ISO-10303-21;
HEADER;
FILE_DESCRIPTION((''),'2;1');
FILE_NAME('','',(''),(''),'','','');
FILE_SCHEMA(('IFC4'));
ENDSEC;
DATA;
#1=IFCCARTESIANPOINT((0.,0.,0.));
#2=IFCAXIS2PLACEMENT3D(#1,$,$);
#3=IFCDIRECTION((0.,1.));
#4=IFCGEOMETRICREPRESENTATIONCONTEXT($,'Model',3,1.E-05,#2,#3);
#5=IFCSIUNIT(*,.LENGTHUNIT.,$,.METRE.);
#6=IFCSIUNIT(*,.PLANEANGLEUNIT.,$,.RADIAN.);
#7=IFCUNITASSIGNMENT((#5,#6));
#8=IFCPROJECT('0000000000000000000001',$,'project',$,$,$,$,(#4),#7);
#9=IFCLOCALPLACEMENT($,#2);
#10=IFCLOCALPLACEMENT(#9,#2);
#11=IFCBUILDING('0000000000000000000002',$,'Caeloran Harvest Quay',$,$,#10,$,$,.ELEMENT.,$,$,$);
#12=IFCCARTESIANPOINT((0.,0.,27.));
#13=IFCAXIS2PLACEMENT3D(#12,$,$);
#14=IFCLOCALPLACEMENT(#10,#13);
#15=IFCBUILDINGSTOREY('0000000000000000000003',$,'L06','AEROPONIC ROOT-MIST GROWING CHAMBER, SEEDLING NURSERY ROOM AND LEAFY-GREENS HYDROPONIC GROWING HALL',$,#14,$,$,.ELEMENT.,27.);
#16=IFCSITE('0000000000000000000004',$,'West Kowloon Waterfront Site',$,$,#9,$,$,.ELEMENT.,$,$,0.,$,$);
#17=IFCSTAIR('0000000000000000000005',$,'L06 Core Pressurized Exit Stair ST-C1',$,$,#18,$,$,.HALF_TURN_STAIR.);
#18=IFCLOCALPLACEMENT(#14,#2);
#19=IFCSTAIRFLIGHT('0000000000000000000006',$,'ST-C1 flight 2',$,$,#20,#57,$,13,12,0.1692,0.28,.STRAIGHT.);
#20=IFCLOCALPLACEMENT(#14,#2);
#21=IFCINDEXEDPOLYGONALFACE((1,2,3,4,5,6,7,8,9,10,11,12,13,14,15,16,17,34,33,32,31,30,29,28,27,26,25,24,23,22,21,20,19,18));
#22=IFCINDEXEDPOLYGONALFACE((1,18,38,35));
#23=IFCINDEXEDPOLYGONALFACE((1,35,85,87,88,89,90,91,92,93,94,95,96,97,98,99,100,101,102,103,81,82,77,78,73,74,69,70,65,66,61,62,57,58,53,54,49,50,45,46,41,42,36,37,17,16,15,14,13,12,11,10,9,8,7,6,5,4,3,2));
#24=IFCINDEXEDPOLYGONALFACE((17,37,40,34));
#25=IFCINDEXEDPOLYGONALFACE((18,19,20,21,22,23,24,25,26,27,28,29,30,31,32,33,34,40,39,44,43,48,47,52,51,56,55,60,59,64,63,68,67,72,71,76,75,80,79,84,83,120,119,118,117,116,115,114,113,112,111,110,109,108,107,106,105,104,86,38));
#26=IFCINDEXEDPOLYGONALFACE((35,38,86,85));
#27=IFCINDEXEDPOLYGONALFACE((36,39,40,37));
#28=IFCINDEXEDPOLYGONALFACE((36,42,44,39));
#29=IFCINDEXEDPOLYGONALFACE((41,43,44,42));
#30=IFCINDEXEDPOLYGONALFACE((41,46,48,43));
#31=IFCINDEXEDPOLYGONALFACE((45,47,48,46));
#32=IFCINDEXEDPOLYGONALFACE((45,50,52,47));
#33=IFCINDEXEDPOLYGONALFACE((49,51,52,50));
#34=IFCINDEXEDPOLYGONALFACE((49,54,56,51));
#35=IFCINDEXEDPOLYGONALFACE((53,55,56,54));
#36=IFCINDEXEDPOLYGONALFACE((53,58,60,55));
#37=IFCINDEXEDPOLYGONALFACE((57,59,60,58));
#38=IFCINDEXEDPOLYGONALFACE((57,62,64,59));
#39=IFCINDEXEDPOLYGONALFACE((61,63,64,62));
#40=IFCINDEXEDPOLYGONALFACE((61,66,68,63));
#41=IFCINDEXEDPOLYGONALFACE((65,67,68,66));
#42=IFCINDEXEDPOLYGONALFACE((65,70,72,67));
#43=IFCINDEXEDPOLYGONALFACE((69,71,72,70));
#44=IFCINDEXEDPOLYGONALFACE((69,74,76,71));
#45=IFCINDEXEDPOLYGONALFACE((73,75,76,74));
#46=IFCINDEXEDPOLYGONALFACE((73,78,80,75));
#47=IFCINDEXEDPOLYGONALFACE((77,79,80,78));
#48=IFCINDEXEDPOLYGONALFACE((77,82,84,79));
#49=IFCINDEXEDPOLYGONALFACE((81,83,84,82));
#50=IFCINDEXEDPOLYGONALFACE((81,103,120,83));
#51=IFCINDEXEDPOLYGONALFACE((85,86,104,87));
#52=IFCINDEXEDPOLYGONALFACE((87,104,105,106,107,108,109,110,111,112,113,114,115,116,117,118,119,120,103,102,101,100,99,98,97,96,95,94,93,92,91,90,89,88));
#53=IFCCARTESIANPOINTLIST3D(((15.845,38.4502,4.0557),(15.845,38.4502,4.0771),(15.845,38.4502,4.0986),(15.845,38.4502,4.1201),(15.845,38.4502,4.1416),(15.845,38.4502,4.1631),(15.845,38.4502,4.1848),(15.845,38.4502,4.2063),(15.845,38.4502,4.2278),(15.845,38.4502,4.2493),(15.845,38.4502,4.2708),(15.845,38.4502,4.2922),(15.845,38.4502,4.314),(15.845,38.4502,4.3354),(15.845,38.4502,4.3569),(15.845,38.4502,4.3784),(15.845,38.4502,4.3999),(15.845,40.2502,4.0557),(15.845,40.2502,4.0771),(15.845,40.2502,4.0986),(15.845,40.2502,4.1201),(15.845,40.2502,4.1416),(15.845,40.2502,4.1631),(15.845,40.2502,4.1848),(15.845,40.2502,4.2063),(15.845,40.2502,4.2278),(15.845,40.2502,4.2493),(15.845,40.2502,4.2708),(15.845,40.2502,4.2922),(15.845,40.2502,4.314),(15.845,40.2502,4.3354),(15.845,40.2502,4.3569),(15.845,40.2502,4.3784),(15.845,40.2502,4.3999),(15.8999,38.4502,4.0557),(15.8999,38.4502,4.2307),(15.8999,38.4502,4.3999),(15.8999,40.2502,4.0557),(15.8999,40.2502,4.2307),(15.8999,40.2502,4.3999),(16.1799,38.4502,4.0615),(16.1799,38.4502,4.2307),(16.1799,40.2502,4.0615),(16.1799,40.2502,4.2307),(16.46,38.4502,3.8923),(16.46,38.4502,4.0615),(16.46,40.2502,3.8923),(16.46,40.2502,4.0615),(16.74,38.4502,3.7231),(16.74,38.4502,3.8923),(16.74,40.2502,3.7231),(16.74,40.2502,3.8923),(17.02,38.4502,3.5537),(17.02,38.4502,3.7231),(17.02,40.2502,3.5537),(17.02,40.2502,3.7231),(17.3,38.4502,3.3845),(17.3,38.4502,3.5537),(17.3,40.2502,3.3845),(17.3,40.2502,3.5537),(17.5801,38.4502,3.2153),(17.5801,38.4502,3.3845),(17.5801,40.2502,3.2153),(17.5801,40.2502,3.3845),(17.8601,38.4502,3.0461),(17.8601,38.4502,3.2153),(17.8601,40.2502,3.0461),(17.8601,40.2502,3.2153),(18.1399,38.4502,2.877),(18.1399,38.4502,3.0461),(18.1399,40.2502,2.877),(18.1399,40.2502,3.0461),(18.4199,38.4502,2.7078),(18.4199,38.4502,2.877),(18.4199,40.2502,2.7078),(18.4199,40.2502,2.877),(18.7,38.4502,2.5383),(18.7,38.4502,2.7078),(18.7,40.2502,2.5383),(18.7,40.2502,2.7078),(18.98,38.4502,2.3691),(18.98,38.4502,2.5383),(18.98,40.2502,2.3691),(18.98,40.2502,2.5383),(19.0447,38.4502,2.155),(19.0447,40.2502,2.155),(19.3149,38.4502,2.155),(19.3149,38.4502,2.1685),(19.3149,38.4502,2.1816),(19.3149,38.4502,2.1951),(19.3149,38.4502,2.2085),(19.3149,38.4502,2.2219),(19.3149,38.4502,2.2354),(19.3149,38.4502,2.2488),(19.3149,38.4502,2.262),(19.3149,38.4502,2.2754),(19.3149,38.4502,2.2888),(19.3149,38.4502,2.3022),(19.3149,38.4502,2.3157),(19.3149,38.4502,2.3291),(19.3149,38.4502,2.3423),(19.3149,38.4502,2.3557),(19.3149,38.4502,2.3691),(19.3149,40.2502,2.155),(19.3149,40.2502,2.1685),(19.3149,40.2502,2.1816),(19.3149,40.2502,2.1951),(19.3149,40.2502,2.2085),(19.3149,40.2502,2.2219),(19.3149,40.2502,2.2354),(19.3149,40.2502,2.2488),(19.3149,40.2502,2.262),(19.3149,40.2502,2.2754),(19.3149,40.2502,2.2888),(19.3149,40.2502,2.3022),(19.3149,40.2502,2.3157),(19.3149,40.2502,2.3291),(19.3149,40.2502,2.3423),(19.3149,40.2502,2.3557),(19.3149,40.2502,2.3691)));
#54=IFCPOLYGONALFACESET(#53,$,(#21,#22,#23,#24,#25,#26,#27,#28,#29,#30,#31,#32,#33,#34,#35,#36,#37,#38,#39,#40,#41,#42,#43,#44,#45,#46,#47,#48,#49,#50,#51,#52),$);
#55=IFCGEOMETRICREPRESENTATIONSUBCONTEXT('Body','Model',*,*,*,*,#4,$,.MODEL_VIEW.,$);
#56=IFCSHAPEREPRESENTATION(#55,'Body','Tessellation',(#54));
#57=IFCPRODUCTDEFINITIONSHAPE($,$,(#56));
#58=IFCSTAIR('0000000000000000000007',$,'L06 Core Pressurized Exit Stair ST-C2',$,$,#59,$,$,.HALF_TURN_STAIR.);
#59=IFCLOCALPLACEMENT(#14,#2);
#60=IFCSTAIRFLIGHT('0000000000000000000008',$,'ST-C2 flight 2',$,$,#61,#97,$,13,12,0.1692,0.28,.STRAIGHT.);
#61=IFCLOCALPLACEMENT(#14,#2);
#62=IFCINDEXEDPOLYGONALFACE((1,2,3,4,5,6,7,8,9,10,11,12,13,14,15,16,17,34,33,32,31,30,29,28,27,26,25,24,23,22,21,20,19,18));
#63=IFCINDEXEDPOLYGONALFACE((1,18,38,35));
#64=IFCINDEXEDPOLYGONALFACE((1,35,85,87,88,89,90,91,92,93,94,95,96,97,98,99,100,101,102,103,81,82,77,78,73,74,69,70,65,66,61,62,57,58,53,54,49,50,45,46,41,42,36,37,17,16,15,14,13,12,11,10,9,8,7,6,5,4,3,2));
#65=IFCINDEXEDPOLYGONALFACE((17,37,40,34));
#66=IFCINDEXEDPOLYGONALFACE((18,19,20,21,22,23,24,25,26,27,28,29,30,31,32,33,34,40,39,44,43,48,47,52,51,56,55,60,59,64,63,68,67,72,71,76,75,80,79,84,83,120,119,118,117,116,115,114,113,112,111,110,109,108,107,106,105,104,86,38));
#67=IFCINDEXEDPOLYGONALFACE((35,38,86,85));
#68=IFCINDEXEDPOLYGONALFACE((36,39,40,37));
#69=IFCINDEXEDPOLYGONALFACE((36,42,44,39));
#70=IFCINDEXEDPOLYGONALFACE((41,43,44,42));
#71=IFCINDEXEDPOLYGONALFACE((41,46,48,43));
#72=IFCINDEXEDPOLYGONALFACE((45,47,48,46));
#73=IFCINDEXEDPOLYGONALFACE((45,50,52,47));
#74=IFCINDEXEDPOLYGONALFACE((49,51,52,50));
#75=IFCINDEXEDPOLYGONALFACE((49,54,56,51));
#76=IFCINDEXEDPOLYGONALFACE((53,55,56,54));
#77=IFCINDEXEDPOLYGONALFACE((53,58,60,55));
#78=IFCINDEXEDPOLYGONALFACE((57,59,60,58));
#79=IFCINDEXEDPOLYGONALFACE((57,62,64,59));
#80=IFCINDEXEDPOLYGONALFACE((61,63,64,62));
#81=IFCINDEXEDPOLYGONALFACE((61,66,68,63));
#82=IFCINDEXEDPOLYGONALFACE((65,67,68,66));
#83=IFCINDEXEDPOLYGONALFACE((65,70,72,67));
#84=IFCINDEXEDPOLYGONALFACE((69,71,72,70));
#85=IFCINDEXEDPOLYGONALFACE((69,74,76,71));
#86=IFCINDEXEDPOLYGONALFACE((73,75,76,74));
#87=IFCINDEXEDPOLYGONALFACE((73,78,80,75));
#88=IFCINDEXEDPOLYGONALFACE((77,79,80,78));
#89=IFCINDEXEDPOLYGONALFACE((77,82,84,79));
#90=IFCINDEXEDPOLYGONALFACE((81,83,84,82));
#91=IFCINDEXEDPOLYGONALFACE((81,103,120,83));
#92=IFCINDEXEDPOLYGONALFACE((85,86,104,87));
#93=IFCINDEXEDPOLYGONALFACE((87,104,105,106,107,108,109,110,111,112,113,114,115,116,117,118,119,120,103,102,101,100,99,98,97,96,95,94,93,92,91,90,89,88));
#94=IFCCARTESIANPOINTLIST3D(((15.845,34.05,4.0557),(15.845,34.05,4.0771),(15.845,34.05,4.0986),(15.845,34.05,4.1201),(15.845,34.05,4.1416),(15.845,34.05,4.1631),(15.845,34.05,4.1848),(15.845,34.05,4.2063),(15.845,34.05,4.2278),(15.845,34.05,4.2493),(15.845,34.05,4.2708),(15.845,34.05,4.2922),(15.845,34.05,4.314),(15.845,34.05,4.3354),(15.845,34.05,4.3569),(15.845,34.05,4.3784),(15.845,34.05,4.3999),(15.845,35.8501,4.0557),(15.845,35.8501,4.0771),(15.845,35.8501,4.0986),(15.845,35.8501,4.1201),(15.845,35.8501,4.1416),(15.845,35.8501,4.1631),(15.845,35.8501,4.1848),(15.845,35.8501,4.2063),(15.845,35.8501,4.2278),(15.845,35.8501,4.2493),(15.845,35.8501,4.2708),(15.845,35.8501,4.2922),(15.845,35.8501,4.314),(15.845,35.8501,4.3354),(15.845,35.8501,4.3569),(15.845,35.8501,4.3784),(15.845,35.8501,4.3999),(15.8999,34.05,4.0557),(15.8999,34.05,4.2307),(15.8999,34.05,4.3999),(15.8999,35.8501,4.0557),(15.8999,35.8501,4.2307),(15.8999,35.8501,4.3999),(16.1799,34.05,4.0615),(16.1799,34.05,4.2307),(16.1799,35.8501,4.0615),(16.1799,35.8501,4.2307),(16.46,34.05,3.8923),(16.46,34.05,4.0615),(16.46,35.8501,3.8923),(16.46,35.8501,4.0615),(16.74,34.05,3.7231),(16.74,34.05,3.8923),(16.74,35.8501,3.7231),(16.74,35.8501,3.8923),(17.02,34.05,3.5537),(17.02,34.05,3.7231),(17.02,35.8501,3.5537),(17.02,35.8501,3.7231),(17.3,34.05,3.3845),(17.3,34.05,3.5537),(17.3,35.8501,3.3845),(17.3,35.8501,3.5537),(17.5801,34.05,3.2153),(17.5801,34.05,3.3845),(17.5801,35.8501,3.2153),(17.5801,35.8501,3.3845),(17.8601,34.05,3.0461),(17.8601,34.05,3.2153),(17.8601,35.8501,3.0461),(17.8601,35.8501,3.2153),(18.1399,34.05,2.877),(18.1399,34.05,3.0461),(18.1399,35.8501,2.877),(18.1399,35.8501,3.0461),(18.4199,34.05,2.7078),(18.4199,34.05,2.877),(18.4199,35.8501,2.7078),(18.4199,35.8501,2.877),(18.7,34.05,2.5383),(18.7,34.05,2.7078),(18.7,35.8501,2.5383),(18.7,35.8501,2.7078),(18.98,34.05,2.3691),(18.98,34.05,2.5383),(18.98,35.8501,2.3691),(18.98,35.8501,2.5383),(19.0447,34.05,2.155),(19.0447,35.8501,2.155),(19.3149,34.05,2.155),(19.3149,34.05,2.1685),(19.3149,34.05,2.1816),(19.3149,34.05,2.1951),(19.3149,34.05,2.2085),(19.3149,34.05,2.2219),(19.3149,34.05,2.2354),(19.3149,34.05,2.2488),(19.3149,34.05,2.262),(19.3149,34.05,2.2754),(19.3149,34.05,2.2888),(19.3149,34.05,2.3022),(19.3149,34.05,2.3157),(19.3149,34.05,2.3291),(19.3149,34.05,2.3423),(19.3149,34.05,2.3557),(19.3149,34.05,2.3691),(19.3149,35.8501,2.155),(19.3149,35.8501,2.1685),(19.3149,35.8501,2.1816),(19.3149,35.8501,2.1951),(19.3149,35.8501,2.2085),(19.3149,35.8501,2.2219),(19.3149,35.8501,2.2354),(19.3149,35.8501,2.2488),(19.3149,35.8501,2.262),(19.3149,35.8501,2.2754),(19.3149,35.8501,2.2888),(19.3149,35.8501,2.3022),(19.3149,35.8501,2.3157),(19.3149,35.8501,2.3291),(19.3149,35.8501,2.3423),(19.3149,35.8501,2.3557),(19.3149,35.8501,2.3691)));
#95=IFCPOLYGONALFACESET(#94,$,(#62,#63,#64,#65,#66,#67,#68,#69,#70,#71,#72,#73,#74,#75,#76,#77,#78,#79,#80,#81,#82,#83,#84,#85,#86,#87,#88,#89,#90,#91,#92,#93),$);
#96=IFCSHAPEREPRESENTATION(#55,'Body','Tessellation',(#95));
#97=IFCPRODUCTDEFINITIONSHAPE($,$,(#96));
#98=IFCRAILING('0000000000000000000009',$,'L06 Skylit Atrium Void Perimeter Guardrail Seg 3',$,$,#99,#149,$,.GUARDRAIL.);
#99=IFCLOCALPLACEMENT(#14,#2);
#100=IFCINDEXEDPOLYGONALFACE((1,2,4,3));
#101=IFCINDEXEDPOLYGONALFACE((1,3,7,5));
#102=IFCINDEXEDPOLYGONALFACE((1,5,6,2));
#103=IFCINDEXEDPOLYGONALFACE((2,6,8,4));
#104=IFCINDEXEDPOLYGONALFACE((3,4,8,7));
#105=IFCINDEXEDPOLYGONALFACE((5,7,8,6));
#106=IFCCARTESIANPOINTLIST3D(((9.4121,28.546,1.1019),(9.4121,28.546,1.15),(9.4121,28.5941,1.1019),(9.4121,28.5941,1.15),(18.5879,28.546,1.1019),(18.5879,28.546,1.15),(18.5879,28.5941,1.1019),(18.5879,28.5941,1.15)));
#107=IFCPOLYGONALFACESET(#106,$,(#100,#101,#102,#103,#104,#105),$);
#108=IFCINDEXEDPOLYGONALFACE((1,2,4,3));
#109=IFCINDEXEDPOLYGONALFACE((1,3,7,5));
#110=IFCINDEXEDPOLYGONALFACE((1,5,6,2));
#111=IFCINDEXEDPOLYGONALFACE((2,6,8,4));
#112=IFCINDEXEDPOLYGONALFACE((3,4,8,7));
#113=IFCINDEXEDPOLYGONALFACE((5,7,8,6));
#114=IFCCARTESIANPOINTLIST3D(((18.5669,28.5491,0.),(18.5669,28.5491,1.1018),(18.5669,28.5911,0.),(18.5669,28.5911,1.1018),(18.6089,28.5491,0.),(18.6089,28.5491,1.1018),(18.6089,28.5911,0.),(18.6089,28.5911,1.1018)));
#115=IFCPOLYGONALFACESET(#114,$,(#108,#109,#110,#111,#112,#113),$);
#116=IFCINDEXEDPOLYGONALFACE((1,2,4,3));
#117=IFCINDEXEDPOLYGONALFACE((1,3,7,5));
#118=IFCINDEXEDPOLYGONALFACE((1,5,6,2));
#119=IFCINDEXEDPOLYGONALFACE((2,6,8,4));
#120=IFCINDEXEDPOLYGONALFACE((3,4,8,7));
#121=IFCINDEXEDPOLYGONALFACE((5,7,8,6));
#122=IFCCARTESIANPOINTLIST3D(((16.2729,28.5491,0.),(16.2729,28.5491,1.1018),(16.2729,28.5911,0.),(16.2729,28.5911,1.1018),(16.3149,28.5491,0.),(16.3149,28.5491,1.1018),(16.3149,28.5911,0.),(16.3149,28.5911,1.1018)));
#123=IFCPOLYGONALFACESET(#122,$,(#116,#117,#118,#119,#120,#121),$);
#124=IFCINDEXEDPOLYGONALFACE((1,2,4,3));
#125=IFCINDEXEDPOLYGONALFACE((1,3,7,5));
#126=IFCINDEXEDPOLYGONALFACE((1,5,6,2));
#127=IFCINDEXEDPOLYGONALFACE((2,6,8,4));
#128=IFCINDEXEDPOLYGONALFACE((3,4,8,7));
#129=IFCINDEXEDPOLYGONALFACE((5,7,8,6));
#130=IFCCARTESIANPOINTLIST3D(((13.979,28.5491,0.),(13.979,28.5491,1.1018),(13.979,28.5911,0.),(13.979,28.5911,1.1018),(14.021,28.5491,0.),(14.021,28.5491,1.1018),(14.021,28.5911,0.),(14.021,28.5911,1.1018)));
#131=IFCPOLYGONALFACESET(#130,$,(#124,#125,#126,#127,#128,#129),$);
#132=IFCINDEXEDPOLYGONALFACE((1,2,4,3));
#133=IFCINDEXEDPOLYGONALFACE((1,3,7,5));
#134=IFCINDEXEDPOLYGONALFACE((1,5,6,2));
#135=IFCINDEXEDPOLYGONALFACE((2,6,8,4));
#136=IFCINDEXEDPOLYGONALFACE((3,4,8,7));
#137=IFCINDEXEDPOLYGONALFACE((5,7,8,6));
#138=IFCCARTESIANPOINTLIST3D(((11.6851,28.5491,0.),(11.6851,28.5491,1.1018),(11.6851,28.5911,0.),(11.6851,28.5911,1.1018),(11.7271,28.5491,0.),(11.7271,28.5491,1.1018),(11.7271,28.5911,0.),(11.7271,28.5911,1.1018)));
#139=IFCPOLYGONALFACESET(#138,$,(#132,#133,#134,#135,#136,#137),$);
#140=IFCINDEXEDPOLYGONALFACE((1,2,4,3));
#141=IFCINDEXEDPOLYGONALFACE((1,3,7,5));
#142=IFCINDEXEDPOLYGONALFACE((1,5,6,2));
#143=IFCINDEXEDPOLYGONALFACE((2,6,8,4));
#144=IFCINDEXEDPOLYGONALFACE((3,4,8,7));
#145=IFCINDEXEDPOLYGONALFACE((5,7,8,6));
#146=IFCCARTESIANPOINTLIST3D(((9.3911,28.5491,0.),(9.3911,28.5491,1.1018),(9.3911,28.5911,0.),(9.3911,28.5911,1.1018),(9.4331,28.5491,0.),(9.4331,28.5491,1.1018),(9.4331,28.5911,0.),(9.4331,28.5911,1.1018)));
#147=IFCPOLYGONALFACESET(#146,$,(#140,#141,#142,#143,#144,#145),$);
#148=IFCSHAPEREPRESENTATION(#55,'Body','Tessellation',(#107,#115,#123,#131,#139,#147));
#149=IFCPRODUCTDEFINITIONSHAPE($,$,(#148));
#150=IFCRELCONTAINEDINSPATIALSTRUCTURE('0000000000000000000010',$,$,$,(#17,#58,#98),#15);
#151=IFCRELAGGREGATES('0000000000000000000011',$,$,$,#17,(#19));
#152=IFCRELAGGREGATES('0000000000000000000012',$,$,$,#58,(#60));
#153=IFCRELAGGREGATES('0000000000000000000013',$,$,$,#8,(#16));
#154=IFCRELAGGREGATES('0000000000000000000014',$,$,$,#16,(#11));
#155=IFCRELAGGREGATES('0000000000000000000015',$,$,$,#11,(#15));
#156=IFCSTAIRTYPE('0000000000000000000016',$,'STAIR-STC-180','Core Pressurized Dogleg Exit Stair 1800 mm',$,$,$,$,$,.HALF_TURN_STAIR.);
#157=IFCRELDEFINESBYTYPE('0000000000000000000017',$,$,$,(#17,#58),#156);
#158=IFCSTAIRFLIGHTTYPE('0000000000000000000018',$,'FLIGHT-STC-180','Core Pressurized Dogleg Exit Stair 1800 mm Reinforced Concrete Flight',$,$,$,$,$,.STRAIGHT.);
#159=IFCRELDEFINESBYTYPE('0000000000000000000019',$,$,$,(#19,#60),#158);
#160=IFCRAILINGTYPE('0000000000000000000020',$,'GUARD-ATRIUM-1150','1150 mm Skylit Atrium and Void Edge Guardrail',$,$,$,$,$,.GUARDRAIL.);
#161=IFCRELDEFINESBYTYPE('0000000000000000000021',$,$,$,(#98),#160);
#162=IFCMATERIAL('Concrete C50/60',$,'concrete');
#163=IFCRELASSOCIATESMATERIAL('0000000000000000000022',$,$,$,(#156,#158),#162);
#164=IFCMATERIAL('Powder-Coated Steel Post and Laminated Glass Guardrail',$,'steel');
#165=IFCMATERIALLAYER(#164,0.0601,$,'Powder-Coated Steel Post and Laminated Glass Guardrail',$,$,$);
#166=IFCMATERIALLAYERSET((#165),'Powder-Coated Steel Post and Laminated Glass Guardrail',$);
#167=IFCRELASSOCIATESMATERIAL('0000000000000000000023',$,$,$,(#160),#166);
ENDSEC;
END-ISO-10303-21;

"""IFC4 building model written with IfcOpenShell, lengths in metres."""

from ifc_helpers import new_model, si_unit, direction, frame, origin, origin_2d, place, context, subcontext, project, spatial, polyline, rectangle, outline, extrude, material, layer, layer_set, type_object, element, aggregate, save


model = new_model("IFC4")

# Units and contexts
model_context = context("Model", 3, precision=1e-05, world=origin(), true_north=direction((0.0, 1.0)))
body_context = subcontext(model_context, "Body", "Model", "MODEL_VIEW")
ifc_project = project(units=[si_unit("LENGTHUNIT", "METRE"), si_unit("PLANEANGLEUNIT", "RADIAN")], contexts=[model_context])

# Site, building, storey
site_placement = place(None, origin())
site = spatial("IfcSite", under=ifc_project, at=site_placement, Name="West Kowloon Waterfront Site", CompositionType="ELEMENT", RefElevation=0.0)
building_placement = place(site_placement, origin())
building = spatial("IfcBuilding", under=site, at=building_placement, Name="Caeloran Harvest Quay", CompositionType="ELEMENT")
storey_placement = place(building_placement, frame((0.0, 0.0, 27.0)))
storey = spatial("IfcBuildingStorey", under=building, at=storey_placement, Name="L06", Description="AEROPONIC ROOT-MIST GROWING CHAMBER, SEEDLING NURSERY ROOM AND LEAFY-GREENS HYDROPONIC GROWING HALL", CompositionType="ELEMENT", Elevation=27.0)

# Shared definitions
ifc_material_1 = material(Name="Concrete C50/60", Category="concrete")

# Stairs, stair flights
stair_type = type_object("IfcStairType", Name="STAIR-STC-180", Description="Core Pressurized Dogleg Exit Stair 1800 mm", PredefinedType="HALF_TURN_STAIR", material=ifc_material_1)
stair_1_placement = place(storey_placement, origin())
stair_1 = element("IfcStair", 1, at=stair_1_placement, inside=storey, type_object=stair_type, Name="L06 Core Pressurized Exit Stair ST-C1", PredefinedType="HALF_TURN_STAIR")
stair_flight_type = type_object("IfcStairFlightType", Name="FLIGHT-STC-180", Description="Core Pressurized Dogleg Exit Stair 1800 mm Reinforced Concrete Flight", PredefinedType="STRAIGHT", material=ifc_material_1)
stair_flight_1_placement = place(storey_placement, frame((19.26, 39.3501, 2.2), z_axis=(0.0, 0.0, 1.0), x_axis=(-1.0, 0.0, 0.0)))
stair_flight_1 = element("IfcStairFlight", 2, at=stair_flight_1_placement, type_object=stair_flight_type, Name="ST-C1 flight 2", NumberOfRisers=13, NumberOfTreads=12, PredefinedType="STRAIGHT", RiserHeight=0.1692, TreadLength=0.28, context=body_context, shape_type="SweptSolid", body=[
    extrude(outline(polyline([(-0.0549, -0.0449), (-0.0549, -0.0315), (-0.0549, -0.0183), (-0.0549, -0.0049), (-0.0549, 0.0085), (-0.0549, 0.022), (-0.0549, 0.0354), (-0.0549, 0.0488), (-0.0549, 0.062), (-0.0549, 0.0754), (-0.0549, 0.0889), (-0.0549, 0.1023), (-0.0549, 0.1157), (-0.0549, 0.1292), (-0.0549, 0.1423), (-0.0549, 0.1558), (-0.0549, 0.1692), (0.28, 0.1692), (0.28, 0.3384), (0.5601, 0.3384), (0.5601, 0.5078), (0.8401, 0.5078), (0.8401, 0.677), (1.1201, 0.677), (1.1201, 0.8462), (1.3999, 0.8462), (1.3999, 1.0154), (1.6799, 1.0154), (1.6799, 1.1846), (1.96, 1.1846), (1.96, 1.3538), (2.24, 1.3538), (2.24, 1.5232), (2.52, 1.5232), (2.52, 1.6924), (2.8, 1.6924), (2.8, 1.8616), (3.0801, 1.8616), (3.0801, 2.0308), (3.3601, 2.0308), (3.3601, 2.2), (3.415, 2.2), (3.415, 2.1785), (3.415, 2.157), (3.415, 2.1355), (3.415, 2.114), (3.415, 2.0923), (3.415, 2.0708), (3.415, 2.0493), (3.415, 2.0278), (3.415, 2.0063), (3.415, 1.9849), (3.415, 1.9631), (3.415, 1.9417), (3.415, 1.9202), (3.415, 1.8987), (3.415, 1.8772), (3.415, 1.8557), (3.3601, 1.8557), (0.2153, -0.0449), (-0.0549, -0.0449)])), frame((0.0, 0.8999, 0.0), z_axis=(0.0, -1.0, 0.0), x_axis=(1.0, 0.0, 0.0)), (0.0, 0.0, 1.0), 1.8),
])
aggregate(stair_1, [stair_flight_1])
stair_2_placement = place(storey_placement, origin())
stair_2 = element("IfcStair", 3, at=stair_2_placement, inside=storey, type_object=stair_type, Name="L06 Core Pressurized Exit Stair ST-C2", PredefinedType="HALF_TURN_STAIR")
stair_flight_2_placement = place(storey_placement, frame((19.26, 34.95, 2.2), z_axis=(0.0, 0.0, 1.0), x_axis=(-1.0, 0.0, 0.0)))
stair_flight_2 = element("IfcStairFlight", 4, at=stair_flight_2_placement, type_object=stair_flight_type, Name="ST-C2 flight 2", NumberOfRisers=13, NumberOfTreads=12, PredefinedType="STRAIGHT", RiserHeight=0.1692, TreadLength=0.28, context=body_context, shape_type="SweptSolid", body=[
    extrude(outline(polyline([(-0.0549, -0.0449), (-0.0549, -0.0315), (-0.0549, -0.0183), (-0.0549, -0.0049), (-0.0549, 0.0085), (-0.0549, 0.022), (-0.0549, 0.0354), (-0.0549, 0.0488), (-0.0549, 0.062), (-0.0549, 0.0754), (-0.0549, 0.0889), (-0.0549, 0.1023), (-0.0549, 0.1157), (-0.0549, 0.1292), (-0.0549, 0.1423), (-0.0549, 0.1558), (-0.0549, 0.1692), (0.28, 0.1692), (0.28, 0.3384), (0.5601, 0.3384), (0.5601, 0.5078), (0.8401, 0.5078), (0.8401, 0.677), (1.1201, 0.677), (1.1201, 0.8462), (1.3999, 0.8462), (1.3999, 1.0154), (1.6799, 1.0154), (1.6799, 1.1846), (1.96, 1.1846), (1.96, 1.3538), (2.24, 1.3538), (2.24, 1.5232), (2.52, 1.5232), (2.52, 1.6924), (2.8, 1.6924), (2.8, 1.8616), (3.0801, 1.8616), (3.0801, 2.0308), (3.3601, 2.0308), (3.3601, 2.2), (3.415, 2.2), (3.415, 2.1785), (3.415, 2.157), (3.415, 2.1355), (3.415, 2.114), (3.415, 2.0923), (3.415, 2.0708), (3.415, 2.0493), (3.415, 2.0278), (3.415, 2.0063), (3.415, 1.9849), (3.415, 1.9631), (3.415, 1.9417), (3.415, 1.9202), (3.415, 1.8987), (3.415, 1.8772), (3.415, 1.8557), (3.3601, 1.8557), (0.2153, -0.0449), (-0.0549, -0.0449)])), frame((0.0, 0.8999, 0.0), z_axis=(0.0, -1.0, 0.0), x_axis=(1.0, 0.0, 0.0)), (0.0, 0.0, 1.0), 1.8),
])
aggregate(stair_2, [stair_flight_2])

# Railing
ifc_material_2 = material(Name="Powder-Coated Steel Post and Laminated Glass Guardrail", Category="steel")
ifc_layer_1 = layer(ifc_material_2, 0.0601, Name="Powder-Coated Steel Post and Laminated Glass Guardrail")
ifc_layer_set_1 = layer_set([ifc_layer_1], Name="Powder-Coated Steel Post and Laminated Glass Guardrail")
railing_type_1 = type_object("IfcRailingType", Name="GUARD-ATRIUM-1150", Description="1150 mm Skylit Atrium and Void Edge Guardrail", PredefinedType="GUARDRAIL", material=ifc_layer_set_1)
railing_1_placement = place(storey_placement, frame((18.5879, 28.5701, 0.0)))
element("IfcRailing", 5, at=railing_1_placement, inside=storey, type_object=railing_type_1, Name="L06 Skylit Atrium Void Perimeter Guardrail Seg 3", PredefinedType="GUARDRAIL", context=body_context, shape_type="SweptSolid", body=[
    extrude(rectangle(XDim=0.0481, YDim=0.0481, at=origin_2d()), frame((0.0, 0.0, 1.126), z_axis=(-1.0, 0.0, 0.0), x_axis=(0.0, -1.0, 0.0)), (0.0, 0.0, 1.0), 9.1758),
    extrude(rectangle(XDim=0.042, YDim=0.042, at=origin_2d()), origin(), (0.0, 0.0, 1.0), 1.1018),
    extrude(rectangle(XDim=0.042, YDim=0.042, at=origin_2d()), frame((-2.2939, 0.0, 0.0)), (0.0, 0.0, 1.0), 1.1018),
    extrude(rectangle(XDim=0.042, YDim=0.042, at=origin_2d()), frame((-4.5879, 0.0, 0.0)), (0.0, 0.0, 1.0), 1.1018),
    extrude(rectangle(XDim=0.042, YDim=0.042, at=origin_2d()), frame((-6.8818, 0.0, 0.0)), (0.0, 0.0, 1.0), 1.1018),
    extrude(rectangle(XDim=0.042, YDim=0.042, at=origin_2d()), frame((-9.1758, 0.0, 0.0)), (0.0, 0.0, 1.0), 1.1018),
])

save(model, "model.ifc")
